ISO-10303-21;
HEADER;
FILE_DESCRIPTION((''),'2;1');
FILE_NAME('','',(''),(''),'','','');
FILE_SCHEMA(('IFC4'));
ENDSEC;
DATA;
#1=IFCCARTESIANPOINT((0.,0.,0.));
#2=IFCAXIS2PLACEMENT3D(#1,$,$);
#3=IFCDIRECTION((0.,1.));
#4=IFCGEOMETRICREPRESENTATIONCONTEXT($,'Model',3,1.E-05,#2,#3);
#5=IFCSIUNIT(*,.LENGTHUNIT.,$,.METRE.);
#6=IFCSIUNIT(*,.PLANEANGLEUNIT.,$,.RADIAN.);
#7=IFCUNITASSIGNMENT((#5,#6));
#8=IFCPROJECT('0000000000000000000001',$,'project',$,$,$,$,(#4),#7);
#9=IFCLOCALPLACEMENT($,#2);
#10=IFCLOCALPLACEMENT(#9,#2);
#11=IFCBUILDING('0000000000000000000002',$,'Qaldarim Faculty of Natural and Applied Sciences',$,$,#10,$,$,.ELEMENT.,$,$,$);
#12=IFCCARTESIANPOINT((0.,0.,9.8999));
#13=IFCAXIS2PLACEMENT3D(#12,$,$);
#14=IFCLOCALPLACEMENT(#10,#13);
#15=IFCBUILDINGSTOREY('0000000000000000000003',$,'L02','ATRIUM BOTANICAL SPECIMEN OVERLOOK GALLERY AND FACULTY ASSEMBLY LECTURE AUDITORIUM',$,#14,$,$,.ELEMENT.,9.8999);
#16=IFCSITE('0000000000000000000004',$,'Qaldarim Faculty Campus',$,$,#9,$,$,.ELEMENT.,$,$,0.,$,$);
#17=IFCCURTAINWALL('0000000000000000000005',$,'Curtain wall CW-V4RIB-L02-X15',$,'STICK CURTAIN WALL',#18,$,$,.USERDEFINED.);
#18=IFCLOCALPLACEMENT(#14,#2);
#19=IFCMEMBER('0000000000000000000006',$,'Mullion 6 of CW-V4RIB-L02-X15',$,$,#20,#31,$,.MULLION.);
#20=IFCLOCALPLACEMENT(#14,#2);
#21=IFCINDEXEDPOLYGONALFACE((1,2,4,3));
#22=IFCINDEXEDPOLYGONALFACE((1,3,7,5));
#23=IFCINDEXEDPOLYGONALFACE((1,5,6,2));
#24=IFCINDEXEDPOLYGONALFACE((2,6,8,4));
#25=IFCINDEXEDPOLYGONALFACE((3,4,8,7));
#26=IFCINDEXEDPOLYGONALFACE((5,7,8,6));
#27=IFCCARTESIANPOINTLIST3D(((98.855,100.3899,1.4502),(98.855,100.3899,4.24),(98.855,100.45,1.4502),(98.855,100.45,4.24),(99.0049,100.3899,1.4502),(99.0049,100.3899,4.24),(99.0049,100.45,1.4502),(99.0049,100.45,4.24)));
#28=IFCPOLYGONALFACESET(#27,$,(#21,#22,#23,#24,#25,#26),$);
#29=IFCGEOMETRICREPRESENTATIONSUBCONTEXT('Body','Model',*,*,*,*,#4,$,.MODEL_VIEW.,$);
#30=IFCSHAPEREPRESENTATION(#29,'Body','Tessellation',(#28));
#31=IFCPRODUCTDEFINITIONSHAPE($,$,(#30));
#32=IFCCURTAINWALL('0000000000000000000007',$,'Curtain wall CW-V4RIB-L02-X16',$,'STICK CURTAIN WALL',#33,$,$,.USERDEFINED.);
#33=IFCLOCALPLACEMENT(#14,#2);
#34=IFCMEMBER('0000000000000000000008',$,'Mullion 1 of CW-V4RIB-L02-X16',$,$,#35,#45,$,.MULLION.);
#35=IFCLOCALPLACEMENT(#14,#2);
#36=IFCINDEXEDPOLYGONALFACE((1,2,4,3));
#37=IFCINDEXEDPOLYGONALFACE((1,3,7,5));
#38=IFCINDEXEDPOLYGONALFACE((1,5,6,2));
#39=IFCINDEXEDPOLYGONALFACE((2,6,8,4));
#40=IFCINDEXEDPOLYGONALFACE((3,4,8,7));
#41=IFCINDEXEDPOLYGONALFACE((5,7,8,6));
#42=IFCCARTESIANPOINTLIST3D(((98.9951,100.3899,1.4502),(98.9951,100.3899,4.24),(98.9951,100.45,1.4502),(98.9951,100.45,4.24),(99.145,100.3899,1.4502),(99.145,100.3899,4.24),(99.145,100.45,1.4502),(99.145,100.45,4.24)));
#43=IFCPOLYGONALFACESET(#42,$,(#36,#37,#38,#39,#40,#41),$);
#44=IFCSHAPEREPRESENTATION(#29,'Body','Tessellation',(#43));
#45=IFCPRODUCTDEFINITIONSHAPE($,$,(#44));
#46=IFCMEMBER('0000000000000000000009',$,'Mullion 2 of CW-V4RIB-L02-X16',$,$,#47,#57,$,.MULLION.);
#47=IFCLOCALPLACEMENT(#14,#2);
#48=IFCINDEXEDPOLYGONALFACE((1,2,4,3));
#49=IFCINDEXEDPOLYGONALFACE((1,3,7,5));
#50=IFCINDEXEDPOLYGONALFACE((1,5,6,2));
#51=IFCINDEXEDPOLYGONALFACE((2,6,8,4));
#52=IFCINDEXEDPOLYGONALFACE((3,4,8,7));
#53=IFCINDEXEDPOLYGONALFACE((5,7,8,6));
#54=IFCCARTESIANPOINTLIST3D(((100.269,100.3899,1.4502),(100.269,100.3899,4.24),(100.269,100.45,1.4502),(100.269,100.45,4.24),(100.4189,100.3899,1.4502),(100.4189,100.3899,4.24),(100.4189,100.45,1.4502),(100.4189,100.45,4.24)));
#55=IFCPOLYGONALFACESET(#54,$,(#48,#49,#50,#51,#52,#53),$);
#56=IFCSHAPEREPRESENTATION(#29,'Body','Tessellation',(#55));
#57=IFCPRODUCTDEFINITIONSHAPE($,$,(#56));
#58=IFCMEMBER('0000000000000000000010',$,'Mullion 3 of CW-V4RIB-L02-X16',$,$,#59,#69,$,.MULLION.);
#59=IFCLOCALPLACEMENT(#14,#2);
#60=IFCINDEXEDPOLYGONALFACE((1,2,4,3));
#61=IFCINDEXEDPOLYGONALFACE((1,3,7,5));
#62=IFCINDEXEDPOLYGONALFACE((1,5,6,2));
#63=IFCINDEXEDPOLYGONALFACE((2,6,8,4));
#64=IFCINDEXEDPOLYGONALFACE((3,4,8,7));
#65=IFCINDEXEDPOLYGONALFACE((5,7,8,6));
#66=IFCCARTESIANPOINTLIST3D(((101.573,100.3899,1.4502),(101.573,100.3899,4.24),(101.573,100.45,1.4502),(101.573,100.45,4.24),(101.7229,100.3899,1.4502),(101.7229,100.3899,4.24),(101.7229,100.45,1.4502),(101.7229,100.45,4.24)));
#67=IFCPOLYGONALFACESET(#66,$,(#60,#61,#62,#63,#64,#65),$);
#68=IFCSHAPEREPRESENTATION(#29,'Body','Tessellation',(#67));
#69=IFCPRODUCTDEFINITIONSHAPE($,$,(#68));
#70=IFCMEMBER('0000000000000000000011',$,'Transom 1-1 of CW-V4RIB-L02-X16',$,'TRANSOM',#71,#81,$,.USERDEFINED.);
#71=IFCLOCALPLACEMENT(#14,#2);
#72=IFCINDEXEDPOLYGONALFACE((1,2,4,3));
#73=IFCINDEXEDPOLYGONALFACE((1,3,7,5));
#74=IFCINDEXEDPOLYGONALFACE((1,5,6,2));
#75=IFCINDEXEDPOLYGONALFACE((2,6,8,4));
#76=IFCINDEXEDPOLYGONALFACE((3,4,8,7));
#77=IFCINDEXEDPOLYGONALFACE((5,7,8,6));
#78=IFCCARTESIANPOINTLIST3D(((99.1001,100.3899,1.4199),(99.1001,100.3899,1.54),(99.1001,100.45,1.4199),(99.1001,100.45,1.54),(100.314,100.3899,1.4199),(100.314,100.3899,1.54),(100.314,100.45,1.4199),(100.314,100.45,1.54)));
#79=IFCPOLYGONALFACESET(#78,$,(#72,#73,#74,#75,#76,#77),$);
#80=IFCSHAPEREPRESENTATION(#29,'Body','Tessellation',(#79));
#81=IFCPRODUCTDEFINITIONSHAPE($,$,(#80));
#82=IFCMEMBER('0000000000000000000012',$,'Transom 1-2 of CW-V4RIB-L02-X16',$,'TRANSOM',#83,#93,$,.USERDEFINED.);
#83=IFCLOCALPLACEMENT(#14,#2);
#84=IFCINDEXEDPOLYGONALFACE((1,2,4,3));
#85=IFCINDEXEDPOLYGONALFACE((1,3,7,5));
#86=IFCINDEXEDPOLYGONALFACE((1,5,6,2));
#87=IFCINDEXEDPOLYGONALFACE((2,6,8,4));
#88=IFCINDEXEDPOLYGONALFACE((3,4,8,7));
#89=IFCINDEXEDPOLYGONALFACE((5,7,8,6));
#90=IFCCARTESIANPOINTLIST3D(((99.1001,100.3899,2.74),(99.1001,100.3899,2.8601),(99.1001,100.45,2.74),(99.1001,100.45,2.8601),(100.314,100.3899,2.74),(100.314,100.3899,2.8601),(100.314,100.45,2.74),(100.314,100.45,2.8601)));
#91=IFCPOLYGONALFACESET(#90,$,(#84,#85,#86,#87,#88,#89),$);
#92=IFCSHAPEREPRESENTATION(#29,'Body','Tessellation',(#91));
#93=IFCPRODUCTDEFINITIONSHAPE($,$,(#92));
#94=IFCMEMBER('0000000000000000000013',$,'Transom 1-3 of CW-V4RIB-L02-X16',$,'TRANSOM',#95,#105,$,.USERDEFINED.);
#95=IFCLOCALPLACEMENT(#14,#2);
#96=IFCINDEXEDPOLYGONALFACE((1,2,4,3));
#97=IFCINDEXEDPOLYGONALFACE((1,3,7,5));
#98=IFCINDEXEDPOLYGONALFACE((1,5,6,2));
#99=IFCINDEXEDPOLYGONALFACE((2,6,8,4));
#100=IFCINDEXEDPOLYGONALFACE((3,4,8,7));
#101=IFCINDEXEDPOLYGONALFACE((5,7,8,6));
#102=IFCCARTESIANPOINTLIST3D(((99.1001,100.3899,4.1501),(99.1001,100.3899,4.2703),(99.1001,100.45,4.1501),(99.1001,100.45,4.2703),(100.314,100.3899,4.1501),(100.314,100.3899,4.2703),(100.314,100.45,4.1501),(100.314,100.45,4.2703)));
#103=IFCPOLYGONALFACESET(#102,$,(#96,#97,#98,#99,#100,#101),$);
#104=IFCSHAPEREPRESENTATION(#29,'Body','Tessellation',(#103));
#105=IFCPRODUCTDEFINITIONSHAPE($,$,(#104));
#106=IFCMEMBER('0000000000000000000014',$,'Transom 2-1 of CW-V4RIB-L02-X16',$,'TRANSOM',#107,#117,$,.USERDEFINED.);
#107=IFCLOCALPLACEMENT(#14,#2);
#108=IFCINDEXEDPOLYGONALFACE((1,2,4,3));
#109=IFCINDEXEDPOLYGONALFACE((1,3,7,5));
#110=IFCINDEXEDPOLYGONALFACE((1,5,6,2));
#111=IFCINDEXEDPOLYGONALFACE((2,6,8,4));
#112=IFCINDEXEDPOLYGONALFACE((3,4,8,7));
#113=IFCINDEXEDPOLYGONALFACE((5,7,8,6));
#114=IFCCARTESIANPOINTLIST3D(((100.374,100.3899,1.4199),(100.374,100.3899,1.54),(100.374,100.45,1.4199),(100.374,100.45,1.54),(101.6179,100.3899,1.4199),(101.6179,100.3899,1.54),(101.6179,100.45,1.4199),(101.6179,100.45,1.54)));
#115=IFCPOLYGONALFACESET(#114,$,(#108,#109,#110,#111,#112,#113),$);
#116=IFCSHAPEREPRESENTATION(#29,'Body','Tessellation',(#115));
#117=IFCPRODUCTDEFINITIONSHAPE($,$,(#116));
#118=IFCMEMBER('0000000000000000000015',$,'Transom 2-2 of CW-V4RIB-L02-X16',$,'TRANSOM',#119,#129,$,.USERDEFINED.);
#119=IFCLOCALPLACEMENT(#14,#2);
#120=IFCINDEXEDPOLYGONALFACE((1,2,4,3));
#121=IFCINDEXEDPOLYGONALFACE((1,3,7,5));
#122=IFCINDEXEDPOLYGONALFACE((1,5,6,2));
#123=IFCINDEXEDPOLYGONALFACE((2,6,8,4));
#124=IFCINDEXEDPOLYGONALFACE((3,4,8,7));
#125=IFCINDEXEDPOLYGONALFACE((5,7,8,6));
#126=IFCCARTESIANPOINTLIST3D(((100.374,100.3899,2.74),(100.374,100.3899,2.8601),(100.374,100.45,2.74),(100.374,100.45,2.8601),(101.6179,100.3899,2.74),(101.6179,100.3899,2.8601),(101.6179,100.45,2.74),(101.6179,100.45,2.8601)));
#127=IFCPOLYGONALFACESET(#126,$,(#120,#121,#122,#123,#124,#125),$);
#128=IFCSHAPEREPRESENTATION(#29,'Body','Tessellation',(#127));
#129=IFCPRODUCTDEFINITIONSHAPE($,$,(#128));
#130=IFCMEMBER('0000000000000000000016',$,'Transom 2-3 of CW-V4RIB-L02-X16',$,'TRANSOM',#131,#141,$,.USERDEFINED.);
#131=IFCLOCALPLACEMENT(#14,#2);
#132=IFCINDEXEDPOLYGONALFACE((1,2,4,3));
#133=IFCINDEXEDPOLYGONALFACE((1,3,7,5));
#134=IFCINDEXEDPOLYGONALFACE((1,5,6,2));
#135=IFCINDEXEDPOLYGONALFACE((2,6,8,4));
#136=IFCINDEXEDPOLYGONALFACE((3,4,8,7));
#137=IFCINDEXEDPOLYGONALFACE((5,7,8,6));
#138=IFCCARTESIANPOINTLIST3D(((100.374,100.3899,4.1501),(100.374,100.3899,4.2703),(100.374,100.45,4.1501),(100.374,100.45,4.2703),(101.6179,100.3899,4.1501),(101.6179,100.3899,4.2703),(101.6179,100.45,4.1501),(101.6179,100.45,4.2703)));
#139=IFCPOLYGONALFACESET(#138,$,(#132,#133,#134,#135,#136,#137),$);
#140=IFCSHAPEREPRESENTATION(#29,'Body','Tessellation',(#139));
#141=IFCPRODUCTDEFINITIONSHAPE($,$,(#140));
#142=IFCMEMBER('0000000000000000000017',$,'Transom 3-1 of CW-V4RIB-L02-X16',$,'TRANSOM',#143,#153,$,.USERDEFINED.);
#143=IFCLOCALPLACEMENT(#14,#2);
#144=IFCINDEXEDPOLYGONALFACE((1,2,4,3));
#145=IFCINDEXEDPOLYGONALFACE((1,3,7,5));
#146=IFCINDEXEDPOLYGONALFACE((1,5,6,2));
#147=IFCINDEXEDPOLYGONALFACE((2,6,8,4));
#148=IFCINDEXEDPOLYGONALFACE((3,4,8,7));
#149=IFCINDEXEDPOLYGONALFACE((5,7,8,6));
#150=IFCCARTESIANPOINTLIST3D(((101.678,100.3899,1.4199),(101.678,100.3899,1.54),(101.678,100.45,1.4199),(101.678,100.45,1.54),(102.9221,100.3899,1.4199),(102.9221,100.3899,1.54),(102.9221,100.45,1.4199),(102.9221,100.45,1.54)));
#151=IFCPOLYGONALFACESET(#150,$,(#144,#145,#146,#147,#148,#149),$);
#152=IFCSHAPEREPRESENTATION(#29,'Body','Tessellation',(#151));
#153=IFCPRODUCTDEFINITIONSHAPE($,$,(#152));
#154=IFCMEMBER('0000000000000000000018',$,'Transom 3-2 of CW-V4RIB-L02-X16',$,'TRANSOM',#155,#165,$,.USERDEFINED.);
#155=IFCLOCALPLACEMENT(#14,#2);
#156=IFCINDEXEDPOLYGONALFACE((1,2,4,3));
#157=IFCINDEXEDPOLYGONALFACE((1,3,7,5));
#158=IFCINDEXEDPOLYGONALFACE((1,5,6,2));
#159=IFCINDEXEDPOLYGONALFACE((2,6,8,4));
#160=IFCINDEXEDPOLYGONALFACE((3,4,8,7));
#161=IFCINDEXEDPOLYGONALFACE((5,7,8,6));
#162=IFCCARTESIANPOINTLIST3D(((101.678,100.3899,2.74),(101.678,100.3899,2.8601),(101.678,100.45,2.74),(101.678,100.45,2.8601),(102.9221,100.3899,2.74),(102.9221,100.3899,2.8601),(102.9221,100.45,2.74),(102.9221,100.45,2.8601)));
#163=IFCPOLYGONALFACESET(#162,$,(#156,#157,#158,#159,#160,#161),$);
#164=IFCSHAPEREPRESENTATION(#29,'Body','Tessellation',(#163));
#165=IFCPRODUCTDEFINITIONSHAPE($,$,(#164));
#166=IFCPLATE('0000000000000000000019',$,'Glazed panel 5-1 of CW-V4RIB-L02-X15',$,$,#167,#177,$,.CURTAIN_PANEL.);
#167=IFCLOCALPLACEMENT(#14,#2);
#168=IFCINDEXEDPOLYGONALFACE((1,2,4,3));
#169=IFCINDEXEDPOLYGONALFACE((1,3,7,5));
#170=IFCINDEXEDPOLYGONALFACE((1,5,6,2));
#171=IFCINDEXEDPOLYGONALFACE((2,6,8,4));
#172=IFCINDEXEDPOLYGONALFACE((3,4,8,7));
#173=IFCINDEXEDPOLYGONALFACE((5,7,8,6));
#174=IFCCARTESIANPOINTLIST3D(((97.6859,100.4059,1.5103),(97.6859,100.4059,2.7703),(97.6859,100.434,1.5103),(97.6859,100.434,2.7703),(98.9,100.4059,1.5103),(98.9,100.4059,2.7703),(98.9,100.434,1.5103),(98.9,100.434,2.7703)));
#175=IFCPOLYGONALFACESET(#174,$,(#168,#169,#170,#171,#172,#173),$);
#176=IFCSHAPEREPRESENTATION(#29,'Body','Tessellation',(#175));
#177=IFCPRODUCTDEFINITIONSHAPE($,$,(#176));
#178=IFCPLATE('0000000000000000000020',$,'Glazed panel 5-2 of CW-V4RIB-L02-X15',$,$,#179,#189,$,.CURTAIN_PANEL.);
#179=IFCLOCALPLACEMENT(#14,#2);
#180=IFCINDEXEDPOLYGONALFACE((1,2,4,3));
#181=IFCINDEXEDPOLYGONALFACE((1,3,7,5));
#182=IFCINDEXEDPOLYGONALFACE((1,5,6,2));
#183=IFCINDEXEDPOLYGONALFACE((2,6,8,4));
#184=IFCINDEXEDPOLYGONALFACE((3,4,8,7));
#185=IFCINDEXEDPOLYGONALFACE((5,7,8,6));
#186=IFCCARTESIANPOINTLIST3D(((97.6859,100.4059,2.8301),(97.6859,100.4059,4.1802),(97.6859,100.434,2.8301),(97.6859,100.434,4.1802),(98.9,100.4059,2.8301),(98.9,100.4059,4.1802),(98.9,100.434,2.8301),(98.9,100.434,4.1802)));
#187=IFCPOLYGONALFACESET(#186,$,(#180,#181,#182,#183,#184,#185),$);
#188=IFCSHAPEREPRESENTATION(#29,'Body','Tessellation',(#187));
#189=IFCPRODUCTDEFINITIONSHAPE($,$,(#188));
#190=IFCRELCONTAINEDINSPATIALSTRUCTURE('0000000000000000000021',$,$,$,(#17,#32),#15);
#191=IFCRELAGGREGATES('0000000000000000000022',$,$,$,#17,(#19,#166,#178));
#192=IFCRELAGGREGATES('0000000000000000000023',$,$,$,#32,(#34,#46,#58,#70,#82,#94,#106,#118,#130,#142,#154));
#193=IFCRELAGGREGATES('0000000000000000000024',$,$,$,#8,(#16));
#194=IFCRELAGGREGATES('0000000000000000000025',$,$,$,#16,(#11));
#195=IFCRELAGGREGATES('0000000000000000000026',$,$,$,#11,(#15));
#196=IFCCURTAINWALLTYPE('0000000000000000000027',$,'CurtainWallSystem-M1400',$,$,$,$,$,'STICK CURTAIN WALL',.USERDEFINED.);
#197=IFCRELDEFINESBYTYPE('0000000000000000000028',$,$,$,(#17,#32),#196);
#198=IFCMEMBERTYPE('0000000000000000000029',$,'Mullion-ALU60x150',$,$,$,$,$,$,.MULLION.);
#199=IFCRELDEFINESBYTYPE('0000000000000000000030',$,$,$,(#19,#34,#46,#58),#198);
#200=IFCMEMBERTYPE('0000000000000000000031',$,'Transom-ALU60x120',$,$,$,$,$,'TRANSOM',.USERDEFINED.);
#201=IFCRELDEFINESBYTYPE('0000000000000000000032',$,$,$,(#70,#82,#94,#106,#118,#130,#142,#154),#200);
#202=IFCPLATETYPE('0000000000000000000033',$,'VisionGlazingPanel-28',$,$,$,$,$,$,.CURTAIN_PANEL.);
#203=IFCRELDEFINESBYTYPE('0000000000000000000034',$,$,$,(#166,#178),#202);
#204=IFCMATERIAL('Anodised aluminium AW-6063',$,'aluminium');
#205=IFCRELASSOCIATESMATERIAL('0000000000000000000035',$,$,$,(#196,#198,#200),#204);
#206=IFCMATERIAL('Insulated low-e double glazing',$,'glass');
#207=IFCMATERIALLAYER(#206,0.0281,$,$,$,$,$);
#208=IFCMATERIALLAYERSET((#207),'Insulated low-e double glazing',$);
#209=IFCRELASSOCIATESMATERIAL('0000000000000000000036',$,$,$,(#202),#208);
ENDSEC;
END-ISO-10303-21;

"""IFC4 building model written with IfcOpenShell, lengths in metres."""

from ifc_helpers import new_model, si_unit, direction, frame, origin, origin_2d, place, context, subcontext, project, spatial, rectangle, extrude, material, layer, layer_set, material_profile, profile_set, type_object, element, aggregate, save


model = new_model("IFC4")

# Units and contexts
model_context = context("Model", 3, precision=1e-05, world=origin(), true_north=direction((0.0, 1.0)))
body_context = subcontext(model_context, "Body", "Model", "MODEL_VIEW")
ifc_project = project(units=[si_unit("LENGTHUNIT", "METRE"), si_unit("PLANEANGLEUNIT", "RADIAN")], contexts=[model_context])

# Site, building, storey
site_placement = place(None, origin())
site = spatial("IfcSite", under=ifc_project, at=site_placement, Name="Qaldarim Faculty Campus", CompositionType="ELEMENT", RefElevation=0.0)
building_placement = place(site_placement, origin())
building = spatial("IfcBuilding", under=site, at=building_placement, Name="Qaldarim Faculty of Natural and Applied Sciences", CompositionType="ELEMENT")
storey_placement = place(building_placement, frame((0.0, 0.0, 9.8999)))
storey = spatial("IfcBuildingStorey", under=building, at=storey_placement, Name="L02", Description="ATRIUM BOTANICAL SPECIMEN OVERLOOK GALLERY AND FACULTY ASSEMBLY LECTURE AUDITORIUM", CompositionType="ELEMENT", Elevation=9.8999)

# Curtain wall, member
ifc_material_1 = material(Name="Anodised aluminium AW-6063", Category="aluminium")
curtain_wall_type = type_object("IfcCurtainWallType", Name="CurtainWallSystem-M1400", ElementType="STICK CURTAIN WALL", PredefinedType="USERDEFINED", material=ifc_material_1)
curtain_wall_1_placement = place(storey_placement, origin())
curtain_wall_1 = element("IfcCurtainWall", 1, at=curtain_wall_1_placement, inside=storey, type_object=curtain_wall_type, Name="Curtain wall CW-V4RIB-L02-X15", ObjectType="STICK CURTAIN WALL", PredefinedType="USERDEFINED")
ifc_material_profile_1 = material_profile(ifc_material_1, rectangle(XDim=0.0601, YDim=0.1499, at=origin_2d()), Name="ALU-M60x150")
ifc_profile_set_1 = profile_set([ifc_material_profile_1], Name="Anodised aluminium AW-6063")
member_type_1 = type_object("IfcMemberType", Name="Mullion-ALU60x150", PredefinedType="MULLION", material=ifc_profile_set_1)
member_1_placement = place(storey_placement, frame((98.9299, 100.4199, 1.4502), z_axis=(0.0, 0.0, 1.0), x_axis=(0.0, 1.0, 0.0)))
member_1 = element("IfcMember", 2, at=member_1_placement, type_object=member_type_1, Name="Mullion 6 of CW-V4RIB-L02-X15", PredefinedType="MULLION", context=body_context, shape_type="SweptSolid", body=[
    extrude(rectangle(XDim=0.0601, YDim=0.1499, at=origin_2d()), origin(), (0.0, 0.0, 1.0), 2.7898),
])

# Curtain wall, members
curtain_wall_2_placement = place(storey_placement, origin())
curtain_wall_2 = element("IfcCurtainWall", 3, at=curtain_wall_2_placement, inside=storey, type_object=curtain_wall_type, Name="Curtain wall CW-V4RIB-L02-X16", ObjectType="STICK CURTAIN WALL", PredefinedType="USERDEFINED")
member_2_placement = place(storey_placement, frame((99.0701, 100.4199, 1.4502), z_axis=(0.0, 0.0, 1.0), x_axis=(0.0, 1.0, 0.0)))
member_2 = element("IfcMember", 4, at=member_2_placement, type_object=member_type_1, Name="Mullion 1 of CW-V4RIB-L02-X16", PredefinedType="MULLION", context=body_context, shape_type="SweptSolid", body=[
    extrude(rectangle(XDim=0.0601, YDim=0.1499, at=origin_2d()), origin(), (0.0, 0.0, 1.0), 2.7898),
])
member_3_placement = place(storey_placement, frame((100.344, 100.4199, 1.4502), z_axis=(0.0, 0.0, 1.0), x_axis=(0.0, 1.0, 0.0)))
member_3 = element("IfcMember", 5, at=member_3_placement, type_object=member_type_1, Name="Mullion 2 of CW-V4RIB-L02-X16", PredefinedType="MULLION", context=body_context, shape_type="SweptSolid", body=[
    extrude(rectangle(XDim=0.0601, YDim=0.1499, at=origin_2d()), origin(), (0.0, 0.0, 1.0), 2.7898),
])
member_4_placement = place(storey_placement, frame((101.6479, 100.4199, 1.4502), z_axis=(0.0, 0.0, 1.0), x_axis=(0.0, 1.0, 0.0)))
member_4 = element("IfcMember", 6, at=member_4_placement, type_object=member_type_1, Name="Mullion 3 of CW-V4RIB-L02-X16", PredefinedType="MULLION", context=body_context, shape_type="SweptSolid", body=[
    extrude(rectangle(XDim=0.0601, YDim=0.1499, at=origin_2d()), origin(), (0.0, 0.0, 1.0), 2.7898),
])
ifc_material_profile_2 = material_profile(ifc_material_1, rectangle(XDim=0.0601, YDim=0.1201, at=origin_2d()), Name="ALU-T60x120")
ifc_profile_set_2 = profile_set([ifc_material_profile_2], Name="Anodised aluminium AW-6063")
member_type_2 = type_object("IfcMemberType", Name="Transom-ALU60x120", ElementType="TRANSOM", PredefinedType="USERDEFINED", material=ifc_profile_set_2)
member_5_placement = place(storey_placement, frame((99.1001, 100.4199, 1.48), z_axis=(1.0, 0.0, 0.0), x_axis=(0.0, 1.0, 0.0)))
member_5 = element("IfcMember", 7, at=member_5_placement, type_object=member_type_2, Name="Transom 1-1 of CW-V4RIB-L02-X16", ObjectType="TRANSOM", PredefinedType="USERDEFINED", context=body_context, shape_type="SweptSolid", body=[
    extrude(rectangle(XDim=0.0601, YDim=0.1201, at=origin_2d()), origin(), (0.0, 0.0, 1.0), 1.2139),
])
member_6_placement = place(storey_placement, frame((99.1001, 100.4199, 2.8), z_axis=(1.0, 0.0, 0.0), x_axis=(0.0, 1.0, 0.0)))
member_6 = element("IfcMember", 8, at=member_6_placement, type_object=member_type_2, Name="Transom 1-2 of CW-V4RIB-L02-X16", ObjectType="TRANSOM", PredefinedType="USERDEFINED", context=body_context, shape_type="SweptSolid", body=[
    extrude(rectangle(XDim=0.0601, YDim=0.1201, at=origin_2d()), origin(), (0.0, 0.0, 1.0), 1.2139),
])
member_7_placement = place(storey_placement, frame((99.1001, 100.4199, 4.2102), z_axis=(1.0, 0.0, 0.0), x_axis=(0.0, 1.0, 0.0)))
member_7 = element("IfcMember", 9, at=member_7_placement, type_object=member_type_2, Name="Transom 1-3 of CW-V4RIB-L02-X16", ObjectType="TRANSOM", PredefinedType="USERDEFINED", context=body_context, shape_type="SweptSolid", body=[
    extrude(rectangle(XDim=0.0601, YDim=0.1201, at=origin_2d()), origin(), (0.0, 0.0, 1.0), 1.2139),
])
member_8_placement = place(storey_placement, frame((100.374, 100.4199, 1.48), z_axis=(1.0, 0.0, 0.0), x_axis=(0.0, 1.0, 0.0)))
member_8 = element("IfcMember", 10, at=member_8_placement, type_object=member_type_2, Name="Transom 2-1 of CW-V4RIB-L02-X16", ObjectType="TRANSOM", PredefinedType="USERDEFINED", context=body_context, shape_type="SweptSolid", body=[
    extrude(rectangle(XDim=0.0601, YDim=0.1201, at=origin_2d()), origin(), (0.0, 0.0, 1.0), 1.2439),
])
member_9_placement = place(storey_placement, frame((100.374, 100.4199, 2.8), z_axis=(1.0, 0.0, 0.0), x_axis=(0.0, 1.0, 0.0)))
member_9 = element("IfcMember", 11, at=member_9_placement, type_object=member_type_2, Name="Transom 2-2 of CW-V4RIB-L02-X16", ObjectType="TRANSOM", PredefinedType="USERDEFINED", context=body_context, shape_type="SweptSolid", body=[
    extrude(rectangle(XDim=0.0601, YDim=0.1201, at=origin_2d()), origin(), (0.0, 0.0, 1.0), 1.2439),
])
member_10_placement = place(storey_placement, frame((100.374, 100.4199, 4.2102), z_axis=(1.0, 0.0, 0.0), x_axis=(0.0, 1.0, 0.0)))
member_10 = element("IfcMember", 12, at=member_10_placement, type_object=member_type_2, Name="Transom 2-3 of CW-V4RIB-L02-X16", ObjectType="TRANSOM", PredefinedType="USERDEFINED", context=body_context, shape_type="SweptSolid", body=[
    extrude(rectangle(XDim=0.0601, YDim=0.1201, at=origin_2d()), origin(), (0.0, 0.0, 1.0), 1.2439),
])
member_11_placement = place(storey_placement, frame((101.678, 100.4199, 1.48), z_axis=(1.0, 0.0, 0.0), x_axis=(0.0, 1.0, 0.0)))
member_11 = element("IfcMember", 13, at=member_11_placement, type_object=member_type_2, Name="Transom 3-1 of CW-V4RIB-L02-X16", ObjectType="TRANSOM", PredefinedType="USERDEFINED", context=body_context, shape_type="SweptSolid", body=[
    extrude(rectangle(XDim=0.0601, YDim=0.1201, at=origin_2d()), origin(), (0.0, 0.0, 1.0), 1.2441),
])
member_12_placement = place(storey_placement, frame((101.678, 100.4199, 2.8), z_axis=(1.0, 0.0, 0.0), x_axis=(0.0, 1.0, 0.0)))
member_12 = element("IfcMember", 14, at=member_12_placement, type_object=member_type_2, Name="Transom 3-2 of CW-V4RIB-L02-X16", ObjectType="TRANSOM", PredefinedType="USERDEFINED", context=body_context, shape_type="SweptSolid", body=[
    extrude(rectangle(XDim=0.0601, YDim=0.1201, at=origin_2d()), origin(), (0.0, 0.0, 1.0), 1.2441),
])

# Plates
ifc_material_2 = material(Name="Insulated low-e double glazing", Category="glass")
ifc_layer_1 = layer(ifc_material_2, 0.0281)
ifc_layer_set_1 = layer_set([ifc_layer_1], Name="Insulated low-e double glazing")
plate_type = type_object("IfcPlateType", Name="VisionGlazingPanel-28", PredefinedType="CURTAIN_PANEL", material=ifc_layer_set_1)
plate_1_placement = place(storey_placement, frame((98.293, 100.4199, 1.5103), z_axis=(0.0, 0.0, 1.0), x_axis=(1.0, 0.0, 0.0)))
plate_1 = element("IfcPlate", 15, at=plate_1_placement, type_object=plate_type, Name="Glazed panel 5-1 of CW-V4RIB-L02-X15", PredefinedType="CURTAIN_PANEL", context=body_context, shape_type="SweptSolid", body=[
    extrude(rectangle(XDim=1.2141, YDim=0.0281, at=origin_2d()), origin(), (0.0, 0.0, 1.0), 1.26),
])
plate_2_placement = place(storey_placement, frame((98.293, 100.4199, 2.8301), z_axis=(0.0, 0.0, 1.0), x_axis=(1.0, 0.0, 0.0)))
plate_2 = element("IfcPlate", 16, at=plate_2_placement, type_object=plate_type, Name="Glazed panel 5-2 of CW-V4RIB-L02-X15", PredefinedType="CURTAIN_PANEL", context=body_context, shape_type="SweptSolid", body=[
    extrude(rectangle(XDim=1.2141, YDim=0.0281, at=origin_2d()), origin(), (0.0, 0.0, 1.0), 1.3501),
])
aggregate(curtain_wall_1, [member_1, plate_1, plate_2])
aggregate(curtain_wall_2, [member_2, member_3, member_4, member_5, member_6, member_7, member_8, member_9, member_10, member_11, member_12])

save(model, "model.ifc")
